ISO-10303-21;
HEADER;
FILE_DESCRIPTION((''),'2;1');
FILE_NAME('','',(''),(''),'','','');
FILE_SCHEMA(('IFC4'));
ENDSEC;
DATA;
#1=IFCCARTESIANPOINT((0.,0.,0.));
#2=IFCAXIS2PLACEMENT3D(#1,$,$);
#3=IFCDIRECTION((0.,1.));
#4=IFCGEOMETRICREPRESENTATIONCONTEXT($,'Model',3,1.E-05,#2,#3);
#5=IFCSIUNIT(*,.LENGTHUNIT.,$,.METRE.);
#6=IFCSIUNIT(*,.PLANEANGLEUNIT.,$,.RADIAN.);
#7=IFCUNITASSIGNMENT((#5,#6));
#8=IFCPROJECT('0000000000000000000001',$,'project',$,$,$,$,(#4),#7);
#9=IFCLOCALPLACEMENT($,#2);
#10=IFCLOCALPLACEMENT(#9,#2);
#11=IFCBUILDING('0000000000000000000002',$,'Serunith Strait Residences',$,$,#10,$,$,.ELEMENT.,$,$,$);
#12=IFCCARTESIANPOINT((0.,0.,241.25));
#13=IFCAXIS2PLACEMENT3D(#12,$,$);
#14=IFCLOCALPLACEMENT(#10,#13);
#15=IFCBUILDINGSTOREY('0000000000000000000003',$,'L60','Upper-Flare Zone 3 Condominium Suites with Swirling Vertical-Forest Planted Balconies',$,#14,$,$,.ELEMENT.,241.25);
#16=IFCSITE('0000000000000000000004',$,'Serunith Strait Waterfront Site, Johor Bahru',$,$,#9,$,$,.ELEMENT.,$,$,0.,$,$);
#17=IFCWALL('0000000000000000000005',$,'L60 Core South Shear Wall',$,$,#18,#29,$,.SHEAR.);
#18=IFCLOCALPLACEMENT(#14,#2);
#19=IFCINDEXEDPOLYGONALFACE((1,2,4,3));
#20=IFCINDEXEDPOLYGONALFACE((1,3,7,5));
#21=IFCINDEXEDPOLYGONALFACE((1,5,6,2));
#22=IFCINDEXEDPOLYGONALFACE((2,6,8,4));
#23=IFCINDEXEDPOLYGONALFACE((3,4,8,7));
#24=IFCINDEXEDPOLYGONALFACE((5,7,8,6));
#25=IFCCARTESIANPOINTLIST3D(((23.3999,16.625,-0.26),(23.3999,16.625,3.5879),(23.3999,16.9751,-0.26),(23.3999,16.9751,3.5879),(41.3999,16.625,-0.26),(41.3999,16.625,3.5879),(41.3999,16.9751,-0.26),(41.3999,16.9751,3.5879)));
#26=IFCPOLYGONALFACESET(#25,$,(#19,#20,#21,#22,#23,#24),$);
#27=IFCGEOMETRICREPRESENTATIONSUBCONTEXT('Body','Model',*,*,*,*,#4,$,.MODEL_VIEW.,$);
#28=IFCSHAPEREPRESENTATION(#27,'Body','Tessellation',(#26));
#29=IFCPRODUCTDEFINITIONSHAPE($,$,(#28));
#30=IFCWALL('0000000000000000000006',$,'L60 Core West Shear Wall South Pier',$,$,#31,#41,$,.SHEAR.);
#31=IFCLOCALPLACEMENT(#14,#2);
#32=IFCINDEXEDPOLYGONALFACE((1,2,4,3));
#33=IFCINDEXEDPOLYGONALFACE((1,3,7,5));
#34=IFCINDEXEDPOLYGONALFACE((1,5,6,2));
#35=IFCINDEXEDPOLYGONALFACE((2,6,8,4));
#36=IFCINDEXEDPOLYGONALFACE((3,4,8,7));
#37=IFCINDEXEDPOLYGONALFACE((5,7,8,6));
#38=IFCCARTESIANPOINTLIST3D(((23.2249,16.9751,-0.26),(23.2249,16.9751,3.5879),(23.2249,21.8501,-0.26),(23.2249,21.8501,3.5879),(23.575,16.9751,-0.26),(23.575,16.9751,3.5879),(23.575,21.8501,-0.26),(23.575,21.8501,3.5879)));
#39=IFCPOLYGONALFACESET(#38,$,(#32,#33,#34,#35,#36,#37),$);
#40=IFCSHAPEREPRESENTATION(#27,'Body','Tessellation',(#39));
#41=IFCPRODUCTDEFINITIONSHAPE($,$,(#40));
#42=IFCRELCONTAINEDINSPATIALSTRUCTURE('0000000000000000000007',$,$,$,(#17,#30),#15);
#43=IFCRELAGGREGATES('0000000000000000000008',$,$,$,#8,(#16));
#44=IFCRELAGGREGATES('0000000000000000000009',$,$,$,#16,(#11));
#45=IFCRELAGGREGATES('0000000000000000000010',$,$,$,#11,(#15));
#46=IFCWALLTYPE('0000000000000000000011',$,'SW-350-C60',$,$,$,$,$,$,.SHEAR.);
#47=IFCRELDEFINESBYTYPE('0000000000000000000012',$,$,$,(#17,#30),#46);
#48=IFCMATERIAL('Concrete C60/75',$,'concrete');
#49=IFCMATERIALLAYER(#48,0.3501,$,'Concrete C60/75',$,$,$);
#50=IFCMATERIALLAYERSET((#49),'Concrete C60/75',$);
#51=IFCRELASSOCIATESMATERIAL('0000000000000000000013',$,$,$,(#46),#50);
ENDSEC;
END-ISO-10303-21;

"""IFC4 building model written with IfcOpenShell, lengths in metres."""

from ifc_helpers import new_model, si_unit, direction, frame, frame_2d, origin, place, context, subcontext, project, spatial, rectangle, extrude, material, layer, layer_set, type_object, element, save


model = new_model("IFC4")

# Units and contexts
model_context = context("Model", 3, precision=1e-05, world=origin(), true_north=direction((0.0, 1.0)))
body_context = subcontext(model_context, "Body", "Model", "MODEL_VIEW")
ifc_project = project(units=[si_unit("LENGTHUNIT", "METRE"), si_unit("PLANEANGLEUNIT", "RADIAN")], contexts=[model_context])

# Site, building, storey
site_placement = place(None, origin())
site = spatial("IfcSite", under=ifc_project, at=site_placement, Name="Serunith Strait Waterfront Site, Johor Bahru", CompositionType="ELEMENT", RefElevation=0.0)
building_placement = place(site_placement, origin())
building = spatial("IfcBuilding", under=site, at=building_placement, Name="Serunith Strait Residences", CompositionType="ELEMENT")
storey_placement = place(building_placement, frame((0.0, 0.0, 241.25)))
storey = spatial("IfcBuildingStorey", under=building, at=storey_placement, Name="L60", Description="Upper-Flare Zone 3 Condominium Suites with Swirling Vertical-Forest Planted Balconies", CompositionType="ELEMENT", Elevation=241.25)

# Walls
ifc_material_1 = material(Name="Concrete C60/75", Category="concrete")
ifc_layer_1 = layer(ifc_material_1, 0.3501, Name="Concrete C60/75")
ifc_layer_set_1 = layer_set([ifc_layer_1], Name="Concrete C60/75")
wall_type_1 = type_object("IfcWallType", Name="SW-350-C60", PredefinedType="SHEAR", material=ifc_layer_set_1)
wall_1_placement = place(storey_placement, frame((23.3999, 16.8, -0.26), z_axis=(0.0, 0.0, 1.0), x_axis=(1.0, 0.0, 0.0)))
element("IfcWall", 1, at=wall_1_placement, inside=storey, type_object=wall_type_1, Name="L60 Core South Shear Wall", PredefinedType="SHEAR", context=body_context, shape_type="SweptSolid", body=[
    extrude(rectangle(XDim=18.0, YDim=0.3501, at=frame_2d((9.0, 0.0))), origin(), (0.0, 0.0, 1.0), 3.8479),
])
wall_2_placement = place(storey_placement, frame((23.3999, 16.9751, -0.26), z_axis=(0.0, 0.0, 1.0), x_axis=(0.0, 1.0, 0.0)))
element("IfcWall", 2, at=wall_2_placement, inside=storey, type_object=wall_type_1, Name="L60 Core West Shear Wall South Pier", PredefinedType="SHEAR", context=body_context, shape_type="SweptSolid", body=[
    extrude(rectangle(XDim=4.875, YDim=0.3501, at=frame_2d((2.4375, 0.0))), origin(), (0.0, 0.0, 1.0), 3.8479),
])

save(model, "model.ifc")
